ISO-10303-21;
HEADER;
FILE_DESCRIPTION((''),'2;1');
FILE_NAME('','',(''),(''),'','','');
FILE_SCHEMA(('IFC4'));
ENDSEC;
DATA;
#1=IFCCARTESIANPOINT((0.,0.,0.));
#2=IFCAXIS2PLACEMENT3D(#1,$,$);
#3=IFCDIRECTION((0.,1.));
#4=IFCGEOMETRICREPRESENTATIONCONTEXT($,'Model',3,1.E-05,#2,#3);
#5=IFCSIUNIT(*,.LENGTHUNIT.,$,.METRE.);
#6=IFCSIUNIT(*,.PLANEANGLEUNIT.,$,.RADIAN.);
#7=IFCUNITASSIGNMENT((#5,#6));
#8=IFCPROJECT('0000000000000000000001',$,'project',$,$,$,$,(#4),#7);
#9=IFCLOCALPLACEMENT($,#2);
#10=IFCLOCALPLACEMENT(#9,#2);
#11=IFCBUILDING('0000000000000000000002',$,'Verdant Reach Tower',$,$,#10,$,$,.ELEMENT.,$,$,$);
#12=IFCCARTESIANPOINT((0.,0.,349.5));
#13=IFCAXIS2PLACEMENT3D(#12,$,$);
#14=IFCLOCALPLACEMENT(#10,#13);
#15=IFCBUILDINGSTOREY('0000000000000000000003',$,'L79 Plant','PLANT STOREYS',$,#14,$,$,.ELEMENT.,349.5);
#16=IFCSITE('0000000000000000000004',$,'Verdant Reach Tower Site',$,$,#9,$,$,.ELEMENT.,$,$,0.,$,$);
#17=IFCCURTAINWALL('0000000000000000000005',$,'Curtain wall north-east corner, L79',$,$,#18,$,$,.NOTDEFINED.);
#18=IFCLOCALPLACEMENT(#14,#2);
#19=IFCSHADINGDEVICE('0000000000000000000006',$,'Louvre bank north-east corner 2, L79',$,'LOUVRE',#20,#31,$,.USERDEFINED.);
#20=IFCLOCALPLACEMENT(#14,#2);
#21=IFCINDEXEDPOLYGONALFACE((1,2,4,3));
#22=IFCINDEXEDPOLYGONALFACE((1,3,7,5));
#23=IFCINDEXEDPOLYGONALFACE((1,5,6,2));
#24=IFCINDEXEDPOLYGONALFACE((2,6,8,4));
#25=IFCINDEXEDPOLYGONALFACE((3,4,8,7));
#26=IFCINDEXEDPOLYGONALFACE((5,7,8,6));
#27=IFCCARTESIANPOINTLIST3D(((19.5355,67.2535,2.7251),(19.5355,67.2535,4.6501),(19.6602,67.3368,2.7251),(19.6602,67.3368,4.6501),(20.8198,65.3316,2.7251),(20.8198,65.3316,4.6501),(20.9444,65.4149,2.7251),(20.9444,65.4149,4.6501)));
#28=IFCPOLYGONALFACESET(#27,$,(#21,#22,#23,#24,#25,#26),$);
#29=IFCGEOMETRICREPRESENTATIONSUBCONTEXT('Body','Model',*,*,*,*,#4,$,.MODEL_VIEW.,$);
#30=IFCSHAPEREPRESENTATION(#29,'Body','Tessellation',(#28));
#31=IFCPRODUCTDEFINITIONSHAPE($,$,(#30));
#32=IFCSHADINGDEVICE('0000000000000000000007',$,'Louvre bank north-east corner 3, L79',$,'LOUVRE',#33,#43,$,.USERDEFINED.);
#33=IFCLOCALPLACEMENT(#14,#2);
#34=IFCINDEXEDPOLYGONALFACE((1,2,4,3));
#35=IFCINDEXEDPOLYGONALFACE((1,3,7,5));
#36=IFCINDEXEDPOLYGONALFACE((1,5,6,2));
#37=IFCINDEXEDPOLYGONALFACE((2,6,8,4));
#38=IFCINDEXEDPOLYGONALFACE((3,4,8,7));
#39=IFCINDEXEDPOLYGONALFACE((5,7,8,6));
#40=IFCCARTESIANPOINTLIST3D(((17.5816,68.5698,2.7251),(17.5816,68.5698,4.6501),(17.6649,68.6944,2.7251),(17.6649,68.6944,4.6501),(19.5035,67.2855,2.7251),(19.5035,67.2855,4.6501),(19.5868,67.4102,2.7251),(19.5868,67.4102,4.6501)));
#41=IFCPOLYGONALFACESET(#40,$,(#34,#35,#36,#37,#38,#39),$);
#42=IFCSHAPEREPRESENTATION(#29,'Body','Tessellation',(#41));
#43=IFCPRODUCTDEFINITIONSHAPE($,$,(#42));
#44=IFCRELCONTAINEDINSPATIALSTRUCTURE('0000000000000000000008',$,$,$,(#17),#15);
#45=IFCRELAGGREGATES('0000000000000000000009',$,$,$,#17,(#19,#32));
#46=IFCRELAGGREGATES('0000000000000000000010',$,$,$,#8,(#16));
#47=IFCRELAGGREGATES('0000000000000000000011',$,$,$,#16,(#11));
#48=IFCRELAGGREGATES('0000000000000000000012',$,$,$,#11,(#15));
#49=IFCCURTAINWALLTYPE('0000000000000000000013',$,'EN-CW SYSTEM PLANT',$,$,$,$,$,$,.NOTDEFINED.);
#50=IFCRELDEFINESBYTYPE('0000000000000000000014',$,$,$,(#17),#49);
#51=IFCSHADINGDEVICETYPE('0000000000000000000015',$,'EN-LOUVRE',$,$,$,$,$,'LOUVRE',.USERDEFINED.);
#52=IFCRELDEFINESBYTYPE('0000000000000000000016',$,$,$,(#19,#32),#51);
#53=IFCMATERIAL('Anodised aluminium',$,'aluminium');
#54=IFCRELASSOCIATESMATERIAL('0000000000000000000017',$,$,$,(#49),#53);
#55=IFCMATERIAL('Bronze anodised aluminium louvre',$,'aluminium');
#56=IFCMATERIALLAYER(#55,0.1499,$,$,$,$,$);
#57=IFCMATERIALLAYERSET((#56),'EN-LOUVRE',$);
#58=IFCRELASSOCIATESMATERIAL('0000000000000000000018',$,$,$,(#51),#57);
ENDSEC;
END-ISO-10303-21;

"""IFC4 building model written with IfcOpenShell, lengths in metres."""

from ifc_helpers import new_model, si_unit, direction, frame, origin, origin_2d, place, context, subcontext, project, spatial, rectangle, extrude, material, layer, layer_set, type_object, element, aggregate, save


model = new_model("IFC4")

# Units and contexts
model_context = context("Model", 3, precision=1e-05, world=origin(), true_north=direction((0.0, 1.0)))
body_context = subcontext(model_context, "Body", "Model", "MODEL_VIEW")
ifc_project = project(units=[si_unit("LENGTHUNIT", "METRE"), si_unit("PLANEANGLEUNIT", "RADIAN")], contexts=[model_context])

# Site, building, storey
site_placement = place(None, origin())
site = spatial("IfcSite", under=ifc_project, at=site_placement, Name="Verdant Reach Tower Site", CompositionType="ELEMENT", RefElevation=0.0)
building_placement = place(site_placement, origin())
building = spatial("IfcBuilding", under=site, at=building_placement, Name="Verdant Reach Tower", CompositionType="ELEMENT")
storey_placement = place(building_placement, frame((0.0, 0.0, 349.5)))
storey = spatial("IfcBuildingStorey", under=building, at=storey_placement, Name="L79 Plant", Description="PLANT STOREYS", CompositionType="ELEMENT", Elevation=349.5)

# Shared definitions
ifc_material_1 = material(Name="Anodised aluminium", Category="aluminium")
curtain_wall_type = type_object("IfcCurtainWallType", Name="EN-CW SYSTEM PLANT", PredefinedType="NOTDEFINED", material=ifc_material_1)

# Curtain wall
curtain_wall_1_placement = place(storey_placement, origin())
curtain_wall_1 = element("IfcCurtainWall", 1, at=curtain_wall_1_placement, inside=storey, type_object=curtain_wall_type, Name="Curtain wall north-east corner, L79", PredefinedType="NOTDEFINED")

# Shading devices
ifc_material_2 = material(Name="Bronze anodised aluminium louvre", Category="aluminium")
ifc_layer_1 = layer(ifc_material_2, 0.1499)
ifc_layer_set_1 = layer_set([ifc_layer_1], Name="EN-LOUVRE")
shading_device_type = type_object("IfcShadingDeviceType", Name="EN-LOUVRE", ElementType="LOUVRE", PredefinedType="USERDEFINED", material=ifc_layer_set_1)
shading_device_1_placement = place(storey_placement, frame((20.24, 66.3342, 2.7251), z_axis=(0.0, 0.0, 1.0), x_axis=(-0.555596, 0.831452, 0.0)))
shading_device_1 = element("IfcShadingDevice", 2, at=shading_device_1_placement, type_object=shading_device_type, Name="Louvre bank north-east corner 2, L79", ObjectType="LOUVRE", PredefinedType="USERDEFINED", context=body_context, shape_type="SweptSolid", body=[
    extrude(rectangle(XDim=2.3115, YDim=0.1499, at=origin_2d()), origin(), (0.0, 0.0, 1.0), 1.925),
])
shading_device_2_placement = place(storey_placement, frame((18.5842, 67.99, 2.7251), z_axis=(0.0, 0.0, 1.0), x_axis=(-0.831452, 0.555596, 0.0)))
shading_device_2 = element("IfcShadingDevice", 3, at=shading_device_2_placement, type_object=shading_device_type, Name="Louvre bank north-east corner 3, L79", ObjectType="LOUVRE", PredefinedType="USERDEFINED", context=body_context, shape_type="SweptSolid", body=[
    extrude(rectangle(XDim=2.3115, YDim=0.1499, at=origin_2d()), origin(), (0.0, 0.0, 1.0), 1.925),
])
aggregate(curtain_wall_1, [shading_device_1, shading_device_2])

save(model, "model.ifc")
